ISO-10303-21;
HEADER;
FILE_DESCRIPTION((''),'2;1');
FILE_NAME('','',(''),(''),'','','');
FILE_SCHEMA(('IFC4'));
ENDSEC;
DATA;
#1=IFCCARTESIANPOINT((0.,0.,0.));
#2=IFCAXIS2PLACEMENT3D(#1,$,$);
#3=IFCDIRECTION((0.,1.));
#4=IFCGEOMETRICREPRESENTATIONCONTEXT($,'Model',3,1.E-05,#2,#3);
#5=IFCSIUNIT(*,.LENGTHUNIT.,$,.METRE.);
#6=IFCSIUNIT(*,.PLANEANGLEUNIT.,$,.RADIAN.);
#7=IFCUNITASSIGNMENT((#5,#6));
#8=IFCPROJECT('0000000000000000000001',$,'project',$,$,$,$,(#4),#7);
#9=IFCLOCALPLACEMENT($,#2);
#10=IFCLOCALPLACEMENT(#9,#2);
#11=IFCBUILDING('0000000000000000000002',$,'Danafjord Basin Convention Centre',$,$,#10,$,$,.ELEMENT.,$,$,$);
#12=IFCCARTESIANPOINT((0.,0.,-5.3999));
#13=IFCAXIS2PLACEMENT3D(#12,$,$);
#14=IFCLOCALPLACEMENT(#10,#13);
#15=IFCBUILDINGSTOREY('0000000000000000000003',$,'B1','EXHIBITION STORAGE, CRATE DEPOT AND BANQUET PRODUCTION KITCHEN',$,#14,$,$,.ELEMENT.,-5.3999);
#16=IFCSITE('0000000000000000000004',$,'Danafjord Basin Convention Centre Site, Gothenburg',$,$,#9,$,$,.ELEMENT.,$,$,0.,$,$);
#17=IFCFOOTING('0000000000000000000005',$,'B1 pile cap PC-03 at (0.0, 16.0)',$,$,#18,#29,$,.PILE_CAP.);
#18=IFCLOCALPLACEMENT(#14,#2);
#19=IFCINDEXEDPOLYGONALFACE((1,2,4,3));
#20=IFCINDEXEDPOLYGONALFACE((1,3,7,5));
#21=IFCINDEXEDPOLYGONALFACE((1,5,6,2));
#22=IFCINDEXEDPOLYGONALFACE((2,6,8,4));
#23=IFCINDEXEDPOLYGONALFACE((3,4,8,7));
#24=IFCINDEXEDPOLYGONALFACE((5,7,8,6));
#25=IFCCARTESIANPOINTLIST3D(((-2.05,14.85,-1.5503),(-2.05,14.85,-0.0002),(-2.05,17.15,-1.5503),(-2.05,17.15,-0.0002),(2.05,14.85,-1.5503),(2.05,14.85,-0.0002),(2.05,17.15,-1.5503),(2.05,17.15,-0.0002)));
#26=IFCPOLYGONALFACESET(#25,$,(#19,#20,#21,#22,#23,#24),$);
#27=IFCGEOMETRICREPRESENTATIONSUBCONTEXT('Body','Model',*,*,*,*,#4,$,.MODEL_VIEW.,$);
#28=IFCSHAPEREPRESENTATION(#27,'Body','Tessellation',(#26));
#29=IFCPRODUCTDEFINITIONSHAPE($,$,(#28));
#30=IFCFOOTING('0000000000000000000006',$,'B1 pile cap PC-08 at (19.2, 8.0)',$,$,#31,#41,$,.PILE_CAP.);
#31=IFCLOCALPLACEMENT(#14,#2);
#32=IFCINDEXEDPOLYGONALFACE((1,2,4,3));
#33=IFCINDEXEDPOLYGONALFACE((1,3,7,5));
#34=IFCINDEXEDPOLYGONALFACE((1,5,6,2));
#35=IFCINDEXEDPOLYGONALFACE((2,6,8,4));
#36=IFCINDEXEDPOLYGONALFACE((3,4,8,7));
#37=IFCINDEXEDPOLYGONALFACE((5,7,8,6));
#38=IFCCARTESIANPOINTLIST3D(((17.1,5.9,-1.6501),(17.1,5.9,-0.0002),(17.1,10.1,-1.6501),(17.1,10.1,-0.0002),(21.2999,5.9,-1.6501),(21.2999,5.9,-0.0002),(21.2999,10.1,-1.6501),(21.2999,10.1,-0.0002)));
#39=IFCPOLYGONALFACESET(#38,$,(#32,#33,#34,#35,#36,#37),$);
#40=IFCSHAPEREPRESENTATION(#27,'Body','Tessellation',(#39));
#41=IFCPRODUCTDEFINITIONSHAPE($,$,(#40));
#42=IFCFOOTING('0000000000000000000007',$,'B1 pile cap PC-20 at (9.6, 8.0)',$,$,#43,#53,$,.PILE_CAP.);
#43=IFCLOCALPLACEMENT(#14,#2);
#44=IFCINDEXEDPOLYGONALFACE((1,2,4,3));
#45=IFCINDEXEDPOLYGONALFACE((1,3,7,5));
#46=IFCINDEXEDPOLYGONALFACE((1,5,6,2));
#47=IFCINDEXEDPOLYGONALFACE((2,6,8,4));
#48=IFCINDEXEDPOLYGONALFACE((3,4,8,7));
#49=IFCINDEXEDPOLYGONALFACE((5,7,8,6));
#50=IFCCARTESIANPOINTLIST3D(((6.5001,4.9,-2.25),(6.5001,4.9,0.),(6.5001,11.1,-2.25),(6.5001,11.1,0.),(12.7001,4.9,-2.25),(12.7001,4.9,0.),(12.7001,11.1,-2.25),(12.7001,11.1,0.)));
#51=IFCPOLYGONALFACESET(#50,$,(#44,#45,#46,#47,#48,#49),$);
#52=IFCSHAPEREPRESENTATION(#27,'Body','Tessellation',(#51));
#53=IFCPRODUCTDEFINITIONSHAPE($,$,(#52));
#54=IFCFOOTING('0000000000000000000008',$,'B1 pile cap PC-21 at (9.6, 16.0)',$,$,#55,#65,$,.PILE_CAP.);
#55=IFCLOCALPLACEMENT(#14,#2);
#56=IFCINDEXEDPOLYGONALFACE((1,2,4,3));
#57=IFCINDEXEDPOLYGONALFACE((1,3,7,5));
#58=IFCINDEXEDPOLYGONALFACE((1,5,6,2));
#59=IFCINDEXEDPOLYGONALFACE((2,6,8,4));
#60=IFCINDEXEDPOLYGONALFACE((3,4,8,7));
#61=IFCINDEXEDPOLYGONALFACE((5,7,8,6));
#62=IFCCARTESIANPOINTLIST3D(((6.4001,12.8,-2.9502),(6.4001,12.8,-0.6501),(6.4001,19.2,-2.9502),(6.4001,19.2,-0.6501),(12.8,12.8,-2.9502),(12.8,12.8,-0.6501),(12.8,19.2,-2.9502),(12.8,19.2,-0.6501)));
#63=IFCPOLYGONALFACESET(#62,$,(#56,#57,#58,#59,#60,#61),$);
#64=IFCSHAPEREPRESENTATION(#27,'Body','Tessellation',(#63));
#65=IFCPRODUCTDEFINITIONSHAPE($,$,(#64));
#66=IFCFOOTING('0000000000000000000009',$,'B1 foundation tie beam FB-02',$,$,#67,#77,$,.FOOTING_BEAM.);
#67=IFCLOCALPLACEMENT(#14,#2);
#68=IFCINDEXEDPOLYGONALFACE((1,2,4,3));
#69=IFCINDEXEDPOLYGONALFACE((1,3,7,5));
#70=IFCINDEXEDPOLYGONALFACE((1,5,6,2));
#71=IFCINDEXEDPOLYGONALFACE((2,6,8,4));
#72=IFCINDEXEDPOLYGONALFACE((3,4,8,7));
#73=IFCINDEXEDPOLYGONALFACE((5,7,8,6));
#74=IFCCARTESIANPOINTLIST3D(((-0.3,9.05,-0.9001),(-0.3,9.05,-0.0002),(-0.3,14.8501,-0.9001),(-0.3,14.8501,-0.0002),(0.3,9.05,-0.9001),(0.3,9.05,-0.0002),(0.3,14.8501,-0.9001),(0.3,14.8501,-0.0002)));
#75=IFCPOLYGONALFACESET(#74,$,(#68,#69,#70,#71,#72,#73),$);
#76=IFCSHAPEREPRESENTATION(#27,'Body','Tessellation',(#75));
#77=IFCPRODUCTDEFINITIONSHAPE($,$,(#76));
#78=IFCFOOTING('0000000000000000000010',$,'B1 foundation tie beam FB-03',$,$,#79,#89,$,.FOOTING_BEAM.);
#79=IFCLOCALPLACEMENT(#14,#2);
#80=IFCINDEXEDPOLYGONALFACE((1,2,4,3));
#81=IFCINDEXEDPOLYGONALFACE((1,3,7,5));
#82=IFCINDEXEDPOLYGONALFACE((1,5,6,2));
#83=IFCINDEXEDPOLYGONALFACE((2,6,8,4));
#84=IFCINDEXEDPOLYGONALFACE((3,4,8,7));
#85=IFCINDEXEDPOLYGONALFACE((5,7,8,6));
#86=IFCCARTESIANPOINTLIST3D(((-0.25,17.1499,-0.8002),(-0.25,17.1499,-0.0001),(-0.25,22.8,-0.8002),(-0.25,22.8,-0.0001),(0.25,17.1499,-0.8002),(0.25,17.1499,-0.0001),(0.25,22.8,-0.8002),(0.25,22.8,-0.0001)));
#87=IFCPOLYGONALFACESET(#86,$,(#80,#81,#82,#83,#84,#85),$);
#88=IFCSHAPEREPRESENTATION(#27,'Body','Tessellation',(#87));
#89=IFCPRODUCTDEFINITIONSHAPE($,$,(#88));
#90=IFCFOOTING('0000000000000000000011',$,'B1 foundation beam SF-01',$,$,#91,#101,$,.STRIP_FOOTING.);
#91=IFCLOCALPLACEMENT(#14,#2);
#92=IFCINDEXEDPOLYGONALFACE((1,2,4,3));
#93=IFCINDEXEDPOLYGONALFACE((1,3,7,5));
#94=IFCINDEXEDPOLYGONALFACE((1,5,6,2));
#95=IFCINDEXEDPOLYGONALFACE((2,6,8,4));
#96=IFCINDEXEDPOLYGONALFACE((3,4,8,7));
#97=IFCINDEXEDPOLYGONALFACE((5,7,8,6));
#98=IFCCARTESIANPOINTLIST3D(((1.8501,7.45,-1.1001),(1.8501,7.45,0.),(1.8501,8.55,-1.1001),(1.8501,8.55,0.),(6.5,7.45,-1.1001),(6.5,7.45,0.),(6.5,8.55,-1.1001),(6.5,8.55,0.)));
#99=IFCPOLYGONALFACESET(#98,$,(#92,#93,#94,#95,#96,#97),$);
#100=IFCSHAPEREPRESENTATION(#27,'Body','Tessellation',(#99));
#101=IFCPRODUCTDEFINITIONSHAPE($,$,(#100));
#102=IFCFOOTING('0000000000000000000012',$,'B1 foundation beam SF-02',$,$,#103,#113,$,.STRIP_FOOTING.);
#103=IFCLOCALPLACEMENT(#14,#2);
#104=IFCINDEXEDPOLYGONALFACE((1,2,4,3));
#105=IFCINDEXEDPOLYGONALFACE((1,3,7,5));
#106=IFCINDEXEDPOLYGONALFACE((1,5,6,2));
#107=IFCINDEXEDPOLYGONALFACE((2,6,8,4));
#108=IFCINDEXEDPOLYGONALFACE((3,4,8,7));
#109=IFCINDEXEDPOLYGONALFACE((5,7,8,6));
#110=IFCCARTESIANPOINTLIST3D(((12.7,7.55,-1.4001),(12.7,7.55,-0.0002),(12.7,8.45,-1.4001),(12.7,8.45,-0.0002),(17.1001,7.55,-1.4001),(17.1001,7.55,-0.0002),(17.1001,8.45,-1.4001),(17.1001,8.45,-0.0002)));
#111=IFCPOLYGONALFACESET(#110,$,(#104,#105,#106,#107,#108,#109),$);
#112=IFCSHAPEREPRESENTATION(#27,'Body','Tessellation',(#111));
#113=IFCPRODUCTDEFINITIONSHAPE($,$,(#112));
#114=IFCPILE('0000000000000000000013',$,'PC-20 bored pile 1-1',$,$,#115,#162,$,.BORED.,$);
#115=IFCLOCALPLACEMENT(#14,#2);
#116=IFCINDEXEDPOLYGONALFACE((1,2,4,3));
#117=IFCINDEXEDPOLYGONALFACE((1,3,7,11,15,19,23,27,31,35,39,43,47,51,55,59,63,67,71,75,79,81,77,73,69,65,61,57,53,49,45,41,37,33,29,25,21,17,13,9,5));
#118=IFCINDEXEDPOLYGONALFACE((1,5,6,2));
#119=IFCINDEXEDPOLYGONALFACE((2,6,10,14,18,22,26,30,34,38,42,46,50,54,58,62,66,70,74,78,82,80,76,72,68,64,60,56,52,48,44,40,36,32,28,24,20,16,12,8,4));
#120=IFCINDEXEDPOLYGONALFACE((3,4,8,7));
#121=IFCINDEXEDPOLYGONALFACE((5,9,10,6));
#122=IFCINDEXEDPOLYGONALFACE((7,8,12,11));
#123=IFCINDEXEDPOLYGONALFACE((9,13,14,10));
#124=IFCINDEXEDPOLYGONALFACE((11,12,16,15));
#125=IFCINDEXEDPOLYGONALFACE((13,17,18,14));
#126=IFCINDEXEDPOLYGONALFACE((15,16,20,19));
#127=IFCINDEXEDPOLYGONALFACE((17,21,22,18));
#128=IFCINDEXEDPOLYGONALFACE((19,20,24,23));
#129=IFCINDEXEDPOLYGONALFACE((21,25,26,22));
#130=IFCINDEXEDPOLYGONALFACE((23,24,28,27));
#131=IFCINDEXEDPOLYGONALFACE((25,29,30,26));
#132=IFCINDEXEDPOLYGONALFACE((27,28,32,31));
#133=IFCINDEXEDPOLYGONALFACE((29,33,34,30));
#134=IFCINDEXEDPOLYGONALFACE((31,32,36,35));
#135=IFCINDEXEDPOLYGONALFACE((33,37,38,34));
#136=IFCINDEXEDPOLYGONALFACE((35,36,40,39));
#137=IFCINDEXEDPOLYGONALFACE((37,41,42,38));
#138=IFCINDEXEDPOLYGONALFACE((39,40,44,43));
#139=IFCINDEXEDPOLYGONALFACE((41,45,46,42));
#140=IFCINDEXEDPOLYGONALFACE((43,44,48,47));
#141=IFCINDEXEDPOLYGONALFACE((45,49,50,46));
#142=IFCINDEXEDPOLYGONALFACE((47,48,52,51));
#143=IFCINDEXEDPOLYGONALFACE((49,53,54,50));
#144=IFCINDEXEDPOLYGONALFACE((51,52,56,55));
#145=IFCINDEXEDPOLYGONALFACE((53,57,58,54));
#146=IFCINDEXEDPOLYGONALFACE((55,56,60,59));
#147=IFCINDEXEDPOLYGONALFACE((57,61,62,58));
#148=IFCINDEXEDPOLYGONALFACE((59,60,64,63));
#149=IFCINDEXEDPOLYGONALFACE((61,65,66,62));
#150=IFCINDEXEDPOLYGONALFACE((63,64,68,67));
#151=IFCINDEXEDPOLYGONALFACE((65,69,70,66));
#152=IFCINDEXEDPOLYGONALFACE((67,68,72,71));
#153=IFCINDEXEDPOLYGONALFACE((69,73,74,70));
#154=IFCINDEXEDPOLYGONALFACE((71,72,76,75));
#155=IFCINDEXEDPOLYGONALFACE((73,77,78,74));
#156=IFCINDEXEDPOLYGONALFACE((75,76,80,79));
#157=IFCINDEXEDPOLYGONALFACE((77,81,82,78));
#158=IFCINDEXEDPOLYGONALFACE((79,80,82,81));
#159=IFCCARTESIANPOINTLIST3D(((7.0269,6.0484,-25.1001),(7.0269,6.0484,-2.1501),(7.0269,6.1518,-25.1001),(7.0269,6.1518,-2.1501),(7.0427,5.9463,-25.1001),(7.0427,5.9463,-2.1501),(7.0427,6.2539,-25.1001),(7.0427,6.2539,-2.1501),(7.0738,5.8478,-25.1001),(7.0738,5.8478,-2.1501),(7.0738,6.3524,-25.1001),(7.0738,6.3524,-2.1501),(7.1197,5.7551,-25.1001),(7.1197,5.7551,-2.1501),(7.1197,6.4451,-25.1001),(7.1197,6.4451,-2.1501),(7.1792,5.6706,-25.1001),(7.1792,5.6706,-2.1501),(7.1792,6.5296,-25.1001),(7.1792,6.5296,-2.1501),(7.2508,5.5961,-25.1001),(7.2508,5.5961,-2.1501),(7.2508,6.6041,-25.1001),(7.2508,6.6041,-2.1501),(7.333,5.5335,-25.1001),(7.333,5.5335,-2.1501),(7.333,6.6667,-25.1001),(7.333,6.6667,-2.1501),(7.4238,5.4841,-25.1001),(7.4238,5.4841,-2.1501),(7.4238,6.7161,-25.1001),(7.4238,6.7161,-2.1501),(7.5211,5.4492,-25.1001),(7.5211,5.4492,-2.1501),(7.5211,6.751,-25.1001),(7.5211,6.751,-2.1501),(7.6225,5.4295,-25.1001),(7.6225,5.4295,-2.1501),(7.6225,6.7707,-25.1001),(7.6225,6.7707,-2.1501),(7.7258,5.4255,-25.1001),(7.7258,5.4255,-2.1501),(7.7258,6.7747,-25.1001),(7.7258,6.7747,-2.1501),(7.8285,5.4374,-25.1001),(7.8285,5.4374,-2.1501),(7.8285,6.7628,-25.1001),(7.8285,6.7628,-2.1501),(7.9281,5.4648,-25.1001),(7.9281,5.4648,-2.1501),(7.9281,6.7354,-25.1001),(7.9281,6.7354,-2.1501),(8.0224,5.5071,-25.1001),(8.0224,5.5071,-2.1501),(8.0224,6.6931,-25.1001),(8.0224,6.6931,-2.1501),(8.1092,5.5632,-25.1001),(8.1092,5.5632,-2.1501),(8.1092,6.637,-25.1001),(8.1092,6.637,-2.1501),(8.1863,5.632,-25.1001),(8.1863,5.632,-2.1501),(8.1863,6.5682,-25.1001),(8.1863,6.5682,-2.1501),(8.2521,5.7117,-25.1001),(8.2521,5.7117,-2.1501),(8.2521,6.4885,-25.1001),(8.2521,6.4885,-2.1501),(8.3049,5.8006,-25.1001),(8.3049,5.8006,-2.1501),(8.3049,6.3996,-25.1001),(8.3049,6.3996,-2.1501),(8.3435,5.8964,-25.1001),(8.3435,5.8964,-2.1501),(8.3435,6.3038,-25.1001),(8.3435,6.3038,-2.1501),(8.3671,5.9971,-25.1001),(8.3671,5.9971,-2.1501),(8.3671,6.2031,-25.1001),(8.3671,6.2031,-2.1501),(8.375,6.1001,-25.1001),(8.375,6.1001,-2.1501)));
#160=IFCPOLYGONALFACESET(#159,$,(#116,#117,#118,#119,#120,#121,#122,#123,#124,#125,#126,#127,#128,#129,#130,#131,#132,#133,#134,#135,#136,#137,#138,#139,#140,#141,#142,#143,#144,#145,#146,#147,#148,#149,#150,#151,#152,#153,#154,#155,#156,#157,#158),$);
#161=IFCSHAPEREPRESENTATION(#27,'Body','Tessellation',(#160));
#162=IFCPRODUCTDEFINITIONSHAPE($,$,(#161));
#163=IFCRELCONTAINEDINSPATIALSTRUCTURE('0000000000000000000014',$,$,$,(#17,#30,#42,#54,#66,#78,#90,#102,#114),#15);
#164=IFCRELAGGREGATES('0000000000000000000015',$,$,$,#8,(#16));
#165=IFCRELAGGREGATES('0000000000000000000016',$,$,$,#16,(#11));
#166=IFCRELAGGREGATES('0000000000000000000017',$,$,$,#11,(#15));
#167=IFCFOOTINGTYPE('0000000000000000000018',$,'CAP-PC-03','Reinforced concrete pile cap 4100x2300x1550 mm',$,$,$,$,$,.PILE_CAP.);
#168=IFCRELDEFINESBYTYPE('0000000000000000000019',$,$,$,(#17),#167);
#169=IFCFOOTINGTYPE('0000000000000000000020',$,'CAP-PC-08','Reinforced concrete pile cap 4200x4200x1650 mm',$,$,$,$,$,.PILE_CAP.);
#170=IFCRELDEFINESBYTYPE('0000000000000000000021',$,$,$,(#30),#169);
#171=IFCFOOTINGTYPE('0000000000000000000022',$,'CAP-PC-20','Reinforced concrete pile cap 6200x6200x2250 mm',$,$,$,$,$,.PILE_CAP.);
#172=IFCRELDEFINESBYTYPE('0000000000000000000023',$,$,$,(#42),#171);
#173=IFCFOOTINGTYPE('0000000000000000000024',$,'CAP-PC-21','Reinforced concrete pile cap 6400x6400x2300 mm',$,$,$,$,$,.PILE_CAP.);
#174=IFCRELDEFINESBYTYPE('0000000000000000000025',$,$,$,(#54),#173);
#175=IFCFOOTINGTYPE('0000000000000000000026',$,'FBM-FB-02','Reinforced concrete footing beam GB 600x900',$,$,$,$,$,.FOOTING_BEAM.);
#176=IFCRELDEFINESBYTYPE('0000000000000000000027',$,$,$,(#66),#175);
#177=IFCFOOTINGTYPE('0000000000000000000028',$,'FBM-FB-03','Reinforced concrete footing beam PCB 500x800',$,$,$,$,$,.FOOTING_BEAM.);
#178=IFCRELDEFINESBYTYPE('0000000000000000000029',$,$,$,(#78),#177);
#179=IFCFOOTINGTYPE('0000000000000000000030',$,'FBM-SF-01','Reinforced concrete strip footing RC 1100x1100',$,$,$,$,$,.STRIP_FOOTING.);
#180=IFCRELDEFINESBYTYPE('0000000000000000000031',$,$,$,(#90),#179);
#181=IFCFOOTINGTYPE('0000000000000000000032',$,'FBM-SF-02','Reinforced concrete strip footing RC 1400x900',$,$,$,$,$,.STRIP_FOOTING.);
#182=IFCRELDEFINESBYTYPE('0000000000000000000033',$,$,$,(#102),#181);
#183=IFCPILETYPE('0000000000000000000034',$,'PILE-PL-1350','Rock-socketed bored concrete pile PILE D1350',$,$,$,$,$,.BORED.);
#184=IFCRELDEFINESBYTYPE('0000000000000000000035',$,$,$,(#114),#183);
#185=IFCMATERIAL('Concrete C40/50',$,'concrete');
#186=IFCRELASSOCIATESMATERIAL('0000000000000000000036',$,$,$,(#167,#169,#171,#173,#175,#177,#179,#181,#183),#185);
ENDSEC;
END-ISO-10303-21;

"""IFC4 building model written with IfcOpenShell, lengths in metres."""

from ifc_helpers import new_model, si_unit, direction, frame, origin, origin_2d, place, context, subcontext, project, spatial, rectangle, circle, extrude, material, material_profile, profile_set, type_object, element, save


model = new_model("IFC4")

# Units and contexts
model_context = context("Model", 3, precision=1e-05, world=origin(), true_north=direction((0.0, 1.0)))
body_context = subcontext(model_context, "Body", "Model", "MODEL_VIEW")
ifc_project = project(units=[si_unit("LENGTHUNIT", "METRE"), si_unit("PLANEANGLEUNIT", "RADIAN")], contexts=[model_context])

# Site, building, storey
site_placement = place(None, origin())
site = spatial("IfcSite", under=ifc_project, at=site_placement, Name="Danafjord Basin Convention Centre Site, Gothenburg", CompositionType="ELEMENT", RefElevation=0.0)
building_placement = place(site_placement, origin())
building = spatial("IfcBuilding", under=site, at=building_placement, Name="Danafjord Basin Convention Centre", CompositionType="ELEMENT")
storey_placement = place(building_placement, frame((0.0, 0.0, -5.3999)))
storey = spatial("IfcBuildingStorey", under=building, at=storey_placement, Name="B1", Description="EXHIBITION STORAGE, CRATE DEPOT AND BANQUET PRODUCTION KITCHEN", CompositionType="ELEMENT", Elevation=-5.3999)

# Footings
ifc_material_1 = material(Name="Concrete C40/50", Category="concrete")
footing_type_1 = type_object("IfcFootingType", Name="CAP-PC-03", Description="Reinforced concrete pile cap 4100x2300x1550 mm", PredefinedType="PILE_CAP", material=ifc_material_1)
footing_1_placement = place(storey_placement, frame((0.0, 16.0, -1.5503), z_axis=(0.0, 0.0, 1.0), x_axis=(1.0, 0.0, 0.0)))
element("IfcFooting", 1, at=footing_1_placement, inside=storey, type_object=footing_type_1, Name="B1 pile cap PC-03 at (0.0, 16.0)", PredefinedType="PILE_CAP", context=body_context, shape_type="SweptSolid", body=[
    extrude(rectangle(XDim=4.1001, YDim=2.3, at=origin_2d()), origin(), (0.0, 0.0, 1.0), 1.55),
])
footing_type_2 = type_object("IfcFootingType", Name="CAP-PC-08", Description="Reinforced concrete pile cap 4200x4200x1650 mm", PredefinedType="PILE_CAP", material=ifc_material_1)
footing_2_placement = place(storey_placement, frame((19.2, 8.0, -1.6501), z_axis=(0.0, 0.0, 1.0), x_axis=(1.0, 0.0, 0.0)))
element("IfcFooting", 2, at=footing_2_placement, inside=storey, type_object=footing_type_2, Name="B1 pile cap PC-08 at (19.2, 8.0)", PredefinedType="PILE_CAP", context=body_context, shape_type="SweptSolid", body=[
    extrude(rectangle(XDim=4.2, YDim=4.2, at=origin_2d()), origin(), (0.0, 0.0, 1.0), 1.6499),
])
footing_type_3 = type_object("IfcFootingType", Name="CAP-PC-20", Description="Reinforced concrete pile cap 6200x6200x2250 mm", PredefinedType="PILE_CAP", material=ifc_material_1)
footing_3_placement = place(storey_placement, frame((9.6001, 8.0, -2.25), z_axis=(0.0, 0.0, 1.0), x_axis=(1.0, 0.0, 0.0)))
element("IfcFooting", 3, at=footing_3_placement, inside=storey, type_object=footing_type_3, Name="B1 pile cap PC-20 at (9.6, 8.0)", PredefinedType="PILE_CAP", context=body_context, shape_type="SweptSolid", body=[
    extrude(rectangle(XDim=6.2, YDim=6.2, at=origin_2d()), origin(), (0.0, 0.0, 1.0), 2.25),
])
footing_type_4 = type_object("IfcFootingType", Name="CAP-PC-21", Description="Reinforced concrete pile cap 6400x6400x2300 mm", PredefinedType="PILE_CAP", material=ifc_material_1)
footing_4_placement = place(storey_placement, frame((9.6001, 16.0, -2.9502), z_axis=(0.0, 0.0, 1.0), x_axis=(1.0, 0.0, 0.0)))
element("IfcFooting", 4, at=footing_4_placement, inside=storey, type_object=footing_type_4, Name="B1 pile cap PC-21 at (9.6, 16.0)", PredefinedType="PILE_CAP", context=body_context, shape_type="SweptSolid", body=[
    extrude(rectangle(XDim=6.3999, YDim=6.3999, at=origin_2d()), origin(), (0.0, 0.0, 1.0), 2.3),
])
ifc_material_profile_1 = material_profile(ifc_material_1, rectangle(XDim=0.6001, YDim=0.8999, at=origin_2d()), Name="GB 600x900")
ifc_profile_set_1 = profile_set([ifc_material_profile_1], Name="Concrete C40/50")
footing_type_5 = type_object("IfcFootingType", Name="FBM-FB-02", Description="Reinforced concrete footing beam GB 600x900", PredefinedType="FOOTING_BEAM", material=ifc_profile_set_1)
footing_5_placement = place(storey_placement, frame((0.0, 9.05, -0.4502), z_axis=(0.0, 1.0, 0.0), x_axis=(-1.0, 0.0, 0.0)))
element("IfcFooting", 5, at=footing_5_placement, inside=storey, type_object=footing_type_5, Name="B1 foundation tie beam FB-02", PredefinedType="FOOTING_BEAM", context=body_context, shape_type="SweptSolid", body=[
    extrude(rectangle(XDim=0.6001, YDim=0.8999, at=origin_2d()), origin(), (0.0, 0.0, 1.0), 5.8),
])
ifc_material_profile_2 = material_profile(ifc_material_1, rectangle(XDim=0.5, YDim=0.8, at=origin_2d()), Name="PCB 500x800")
ifc_profile_set_2 = profile_set([ifc_material_profile_2], Name="Concrete C40/50")
footing_type_6 = type_object("IfcFootingType", Name="FBM-FB-03", Description="Reinforced concrete footing beam PCB 500x800", PredefinedType="FOOTING_BEAM", material=ifc_profile_set_2)
footing_6_placement = place(storey_placement, frame((0.0, 17.1499, -0.4001), z_axis=(0.0, 1.0, 0.0), x_axis=(-1.0, 0.0, 0.0)))
element("IfcFooting", 6, at=footing_6_placement, inside=storey, type_object=footing_type_6, Name="B1 foundation tie beam FB-03", PredefinedType="FOOTING_BEAM", context=body_context, shape_type="SweptSolid", body=[
    extrude(rectangle(XDim=0.5, YDim=0.8, at=origin_2d()), origin(), (0.0, 0.0, 1.0), 5.6501),
])
ifc_material_profile_3 = material_profile(ifc_material_1, rectangle(XDim=1.1001, YDim=1.1001, at=origin_2d()), Name="RC 1100x1100")
ifc_profile_set_3 = profile_set([ifc_material_profile_3], Name="Concrete C40/50")
footing_type_7 = type_object("IfcFootingType", Name="FBM-SF-01", Description="Reinforced concrete strip footing RC 1100x1100", PredefinedType="STRIP_FOOTING", material=ifc_profile_set_3)
footing_7_placement = place(storey_placement, frame((1.8501, 8.0, -0.55), z_axis=(1.0, 0.0, 0.0), x_axis=(0.0, 1.0, 0.0)))
element("IfcFooting", 7, at=footing_7_placement, inside=storey, type_object=footing_type_7, Name="B1 foundation beam SF-01", PredefinedType="STRIP_FOOTING", context=body_context, shape_type="SweptSolid", body=[
    extrude(rectangle(XDim=1.1001, YDim=1.1001, at=origin_2d()), origin(), (0.0, 0.0, 1.0), 4.6499),
])
ifc_material_profile_4 = material_profile(ifc_material_1, rectangle(XDim=0.8999, YDim=1.3999, at=origin_2d()), Name="RC 1400x900")
ifc_profile_set_4 = profile_set([ifc_material_profile_4], Name="Concrete C40/50")
footing_type_8 = type_object("IfcFootingType", Name="FBM-SF-02", Description="Reinforced concrete strip footing RC 1400x900", PredefinedType="STRIP_FOOTING", material=ifc_profile_set_4)
footing_8_placement = place(storey_placement, frame((12.7, 8.0, -0.7002), z_axis=(1.0, 0.0, 0.0), x_axis=(0.0, 1.0, 0.0)))
element("IfcFooting", 8, at=footing_8_placement, inside=storey, type_object=footing_type_8, Name="B1 foundation beam SF-02", PredefinedType="STRIP_FOOTING", context=body_context, shape_type="SweptSolid", body=[
    extrude(rectangle(XDim=0.8999, YDim=1.3999, at=origin_2d()), origin(), (0.0, 0.0, 1.0), 4.4001),
])

# Pile
ifc_material_profile_5 = material_profile(ifc_material_1, circle(Radius=0.675, at=origin_2d()), Name="PILE D1350")
ifc_profile_set_5 = profile_set([ifc_material_profile_5], Name="Concrete C40/50")
pile_type_1 = type_object("IfcPileType", Name="PILE-PL-1350", Description="Rock-socketed bored concrete pile PILE D1350", PredefinedType="BORED", material=ifc_profile_set_5)
for number, where, z_axis, x_axis, name in (
    (9, (7.7, 6.1001, -2.1501), (0.0, 0.0, -1.0), (1.0, 0.0, 0.0), "PC-20 bored pile 1-1"),
):
    element("IfcPile", number, at=place(storey_placement, frame(where, z_axis=z_axis, x_axis=x_axis)), inside=storey, type_object=pile_type_1, Name=name, PredefinedType="BORED", context=body_context, shape_type="SweptSolid", body=[
        extrude(circle(Radius=0.675, at=origin_2d()), origin(), (0.0, 0.0, 1.0), 22.95),
    ])

save(model, "model.ifc")
